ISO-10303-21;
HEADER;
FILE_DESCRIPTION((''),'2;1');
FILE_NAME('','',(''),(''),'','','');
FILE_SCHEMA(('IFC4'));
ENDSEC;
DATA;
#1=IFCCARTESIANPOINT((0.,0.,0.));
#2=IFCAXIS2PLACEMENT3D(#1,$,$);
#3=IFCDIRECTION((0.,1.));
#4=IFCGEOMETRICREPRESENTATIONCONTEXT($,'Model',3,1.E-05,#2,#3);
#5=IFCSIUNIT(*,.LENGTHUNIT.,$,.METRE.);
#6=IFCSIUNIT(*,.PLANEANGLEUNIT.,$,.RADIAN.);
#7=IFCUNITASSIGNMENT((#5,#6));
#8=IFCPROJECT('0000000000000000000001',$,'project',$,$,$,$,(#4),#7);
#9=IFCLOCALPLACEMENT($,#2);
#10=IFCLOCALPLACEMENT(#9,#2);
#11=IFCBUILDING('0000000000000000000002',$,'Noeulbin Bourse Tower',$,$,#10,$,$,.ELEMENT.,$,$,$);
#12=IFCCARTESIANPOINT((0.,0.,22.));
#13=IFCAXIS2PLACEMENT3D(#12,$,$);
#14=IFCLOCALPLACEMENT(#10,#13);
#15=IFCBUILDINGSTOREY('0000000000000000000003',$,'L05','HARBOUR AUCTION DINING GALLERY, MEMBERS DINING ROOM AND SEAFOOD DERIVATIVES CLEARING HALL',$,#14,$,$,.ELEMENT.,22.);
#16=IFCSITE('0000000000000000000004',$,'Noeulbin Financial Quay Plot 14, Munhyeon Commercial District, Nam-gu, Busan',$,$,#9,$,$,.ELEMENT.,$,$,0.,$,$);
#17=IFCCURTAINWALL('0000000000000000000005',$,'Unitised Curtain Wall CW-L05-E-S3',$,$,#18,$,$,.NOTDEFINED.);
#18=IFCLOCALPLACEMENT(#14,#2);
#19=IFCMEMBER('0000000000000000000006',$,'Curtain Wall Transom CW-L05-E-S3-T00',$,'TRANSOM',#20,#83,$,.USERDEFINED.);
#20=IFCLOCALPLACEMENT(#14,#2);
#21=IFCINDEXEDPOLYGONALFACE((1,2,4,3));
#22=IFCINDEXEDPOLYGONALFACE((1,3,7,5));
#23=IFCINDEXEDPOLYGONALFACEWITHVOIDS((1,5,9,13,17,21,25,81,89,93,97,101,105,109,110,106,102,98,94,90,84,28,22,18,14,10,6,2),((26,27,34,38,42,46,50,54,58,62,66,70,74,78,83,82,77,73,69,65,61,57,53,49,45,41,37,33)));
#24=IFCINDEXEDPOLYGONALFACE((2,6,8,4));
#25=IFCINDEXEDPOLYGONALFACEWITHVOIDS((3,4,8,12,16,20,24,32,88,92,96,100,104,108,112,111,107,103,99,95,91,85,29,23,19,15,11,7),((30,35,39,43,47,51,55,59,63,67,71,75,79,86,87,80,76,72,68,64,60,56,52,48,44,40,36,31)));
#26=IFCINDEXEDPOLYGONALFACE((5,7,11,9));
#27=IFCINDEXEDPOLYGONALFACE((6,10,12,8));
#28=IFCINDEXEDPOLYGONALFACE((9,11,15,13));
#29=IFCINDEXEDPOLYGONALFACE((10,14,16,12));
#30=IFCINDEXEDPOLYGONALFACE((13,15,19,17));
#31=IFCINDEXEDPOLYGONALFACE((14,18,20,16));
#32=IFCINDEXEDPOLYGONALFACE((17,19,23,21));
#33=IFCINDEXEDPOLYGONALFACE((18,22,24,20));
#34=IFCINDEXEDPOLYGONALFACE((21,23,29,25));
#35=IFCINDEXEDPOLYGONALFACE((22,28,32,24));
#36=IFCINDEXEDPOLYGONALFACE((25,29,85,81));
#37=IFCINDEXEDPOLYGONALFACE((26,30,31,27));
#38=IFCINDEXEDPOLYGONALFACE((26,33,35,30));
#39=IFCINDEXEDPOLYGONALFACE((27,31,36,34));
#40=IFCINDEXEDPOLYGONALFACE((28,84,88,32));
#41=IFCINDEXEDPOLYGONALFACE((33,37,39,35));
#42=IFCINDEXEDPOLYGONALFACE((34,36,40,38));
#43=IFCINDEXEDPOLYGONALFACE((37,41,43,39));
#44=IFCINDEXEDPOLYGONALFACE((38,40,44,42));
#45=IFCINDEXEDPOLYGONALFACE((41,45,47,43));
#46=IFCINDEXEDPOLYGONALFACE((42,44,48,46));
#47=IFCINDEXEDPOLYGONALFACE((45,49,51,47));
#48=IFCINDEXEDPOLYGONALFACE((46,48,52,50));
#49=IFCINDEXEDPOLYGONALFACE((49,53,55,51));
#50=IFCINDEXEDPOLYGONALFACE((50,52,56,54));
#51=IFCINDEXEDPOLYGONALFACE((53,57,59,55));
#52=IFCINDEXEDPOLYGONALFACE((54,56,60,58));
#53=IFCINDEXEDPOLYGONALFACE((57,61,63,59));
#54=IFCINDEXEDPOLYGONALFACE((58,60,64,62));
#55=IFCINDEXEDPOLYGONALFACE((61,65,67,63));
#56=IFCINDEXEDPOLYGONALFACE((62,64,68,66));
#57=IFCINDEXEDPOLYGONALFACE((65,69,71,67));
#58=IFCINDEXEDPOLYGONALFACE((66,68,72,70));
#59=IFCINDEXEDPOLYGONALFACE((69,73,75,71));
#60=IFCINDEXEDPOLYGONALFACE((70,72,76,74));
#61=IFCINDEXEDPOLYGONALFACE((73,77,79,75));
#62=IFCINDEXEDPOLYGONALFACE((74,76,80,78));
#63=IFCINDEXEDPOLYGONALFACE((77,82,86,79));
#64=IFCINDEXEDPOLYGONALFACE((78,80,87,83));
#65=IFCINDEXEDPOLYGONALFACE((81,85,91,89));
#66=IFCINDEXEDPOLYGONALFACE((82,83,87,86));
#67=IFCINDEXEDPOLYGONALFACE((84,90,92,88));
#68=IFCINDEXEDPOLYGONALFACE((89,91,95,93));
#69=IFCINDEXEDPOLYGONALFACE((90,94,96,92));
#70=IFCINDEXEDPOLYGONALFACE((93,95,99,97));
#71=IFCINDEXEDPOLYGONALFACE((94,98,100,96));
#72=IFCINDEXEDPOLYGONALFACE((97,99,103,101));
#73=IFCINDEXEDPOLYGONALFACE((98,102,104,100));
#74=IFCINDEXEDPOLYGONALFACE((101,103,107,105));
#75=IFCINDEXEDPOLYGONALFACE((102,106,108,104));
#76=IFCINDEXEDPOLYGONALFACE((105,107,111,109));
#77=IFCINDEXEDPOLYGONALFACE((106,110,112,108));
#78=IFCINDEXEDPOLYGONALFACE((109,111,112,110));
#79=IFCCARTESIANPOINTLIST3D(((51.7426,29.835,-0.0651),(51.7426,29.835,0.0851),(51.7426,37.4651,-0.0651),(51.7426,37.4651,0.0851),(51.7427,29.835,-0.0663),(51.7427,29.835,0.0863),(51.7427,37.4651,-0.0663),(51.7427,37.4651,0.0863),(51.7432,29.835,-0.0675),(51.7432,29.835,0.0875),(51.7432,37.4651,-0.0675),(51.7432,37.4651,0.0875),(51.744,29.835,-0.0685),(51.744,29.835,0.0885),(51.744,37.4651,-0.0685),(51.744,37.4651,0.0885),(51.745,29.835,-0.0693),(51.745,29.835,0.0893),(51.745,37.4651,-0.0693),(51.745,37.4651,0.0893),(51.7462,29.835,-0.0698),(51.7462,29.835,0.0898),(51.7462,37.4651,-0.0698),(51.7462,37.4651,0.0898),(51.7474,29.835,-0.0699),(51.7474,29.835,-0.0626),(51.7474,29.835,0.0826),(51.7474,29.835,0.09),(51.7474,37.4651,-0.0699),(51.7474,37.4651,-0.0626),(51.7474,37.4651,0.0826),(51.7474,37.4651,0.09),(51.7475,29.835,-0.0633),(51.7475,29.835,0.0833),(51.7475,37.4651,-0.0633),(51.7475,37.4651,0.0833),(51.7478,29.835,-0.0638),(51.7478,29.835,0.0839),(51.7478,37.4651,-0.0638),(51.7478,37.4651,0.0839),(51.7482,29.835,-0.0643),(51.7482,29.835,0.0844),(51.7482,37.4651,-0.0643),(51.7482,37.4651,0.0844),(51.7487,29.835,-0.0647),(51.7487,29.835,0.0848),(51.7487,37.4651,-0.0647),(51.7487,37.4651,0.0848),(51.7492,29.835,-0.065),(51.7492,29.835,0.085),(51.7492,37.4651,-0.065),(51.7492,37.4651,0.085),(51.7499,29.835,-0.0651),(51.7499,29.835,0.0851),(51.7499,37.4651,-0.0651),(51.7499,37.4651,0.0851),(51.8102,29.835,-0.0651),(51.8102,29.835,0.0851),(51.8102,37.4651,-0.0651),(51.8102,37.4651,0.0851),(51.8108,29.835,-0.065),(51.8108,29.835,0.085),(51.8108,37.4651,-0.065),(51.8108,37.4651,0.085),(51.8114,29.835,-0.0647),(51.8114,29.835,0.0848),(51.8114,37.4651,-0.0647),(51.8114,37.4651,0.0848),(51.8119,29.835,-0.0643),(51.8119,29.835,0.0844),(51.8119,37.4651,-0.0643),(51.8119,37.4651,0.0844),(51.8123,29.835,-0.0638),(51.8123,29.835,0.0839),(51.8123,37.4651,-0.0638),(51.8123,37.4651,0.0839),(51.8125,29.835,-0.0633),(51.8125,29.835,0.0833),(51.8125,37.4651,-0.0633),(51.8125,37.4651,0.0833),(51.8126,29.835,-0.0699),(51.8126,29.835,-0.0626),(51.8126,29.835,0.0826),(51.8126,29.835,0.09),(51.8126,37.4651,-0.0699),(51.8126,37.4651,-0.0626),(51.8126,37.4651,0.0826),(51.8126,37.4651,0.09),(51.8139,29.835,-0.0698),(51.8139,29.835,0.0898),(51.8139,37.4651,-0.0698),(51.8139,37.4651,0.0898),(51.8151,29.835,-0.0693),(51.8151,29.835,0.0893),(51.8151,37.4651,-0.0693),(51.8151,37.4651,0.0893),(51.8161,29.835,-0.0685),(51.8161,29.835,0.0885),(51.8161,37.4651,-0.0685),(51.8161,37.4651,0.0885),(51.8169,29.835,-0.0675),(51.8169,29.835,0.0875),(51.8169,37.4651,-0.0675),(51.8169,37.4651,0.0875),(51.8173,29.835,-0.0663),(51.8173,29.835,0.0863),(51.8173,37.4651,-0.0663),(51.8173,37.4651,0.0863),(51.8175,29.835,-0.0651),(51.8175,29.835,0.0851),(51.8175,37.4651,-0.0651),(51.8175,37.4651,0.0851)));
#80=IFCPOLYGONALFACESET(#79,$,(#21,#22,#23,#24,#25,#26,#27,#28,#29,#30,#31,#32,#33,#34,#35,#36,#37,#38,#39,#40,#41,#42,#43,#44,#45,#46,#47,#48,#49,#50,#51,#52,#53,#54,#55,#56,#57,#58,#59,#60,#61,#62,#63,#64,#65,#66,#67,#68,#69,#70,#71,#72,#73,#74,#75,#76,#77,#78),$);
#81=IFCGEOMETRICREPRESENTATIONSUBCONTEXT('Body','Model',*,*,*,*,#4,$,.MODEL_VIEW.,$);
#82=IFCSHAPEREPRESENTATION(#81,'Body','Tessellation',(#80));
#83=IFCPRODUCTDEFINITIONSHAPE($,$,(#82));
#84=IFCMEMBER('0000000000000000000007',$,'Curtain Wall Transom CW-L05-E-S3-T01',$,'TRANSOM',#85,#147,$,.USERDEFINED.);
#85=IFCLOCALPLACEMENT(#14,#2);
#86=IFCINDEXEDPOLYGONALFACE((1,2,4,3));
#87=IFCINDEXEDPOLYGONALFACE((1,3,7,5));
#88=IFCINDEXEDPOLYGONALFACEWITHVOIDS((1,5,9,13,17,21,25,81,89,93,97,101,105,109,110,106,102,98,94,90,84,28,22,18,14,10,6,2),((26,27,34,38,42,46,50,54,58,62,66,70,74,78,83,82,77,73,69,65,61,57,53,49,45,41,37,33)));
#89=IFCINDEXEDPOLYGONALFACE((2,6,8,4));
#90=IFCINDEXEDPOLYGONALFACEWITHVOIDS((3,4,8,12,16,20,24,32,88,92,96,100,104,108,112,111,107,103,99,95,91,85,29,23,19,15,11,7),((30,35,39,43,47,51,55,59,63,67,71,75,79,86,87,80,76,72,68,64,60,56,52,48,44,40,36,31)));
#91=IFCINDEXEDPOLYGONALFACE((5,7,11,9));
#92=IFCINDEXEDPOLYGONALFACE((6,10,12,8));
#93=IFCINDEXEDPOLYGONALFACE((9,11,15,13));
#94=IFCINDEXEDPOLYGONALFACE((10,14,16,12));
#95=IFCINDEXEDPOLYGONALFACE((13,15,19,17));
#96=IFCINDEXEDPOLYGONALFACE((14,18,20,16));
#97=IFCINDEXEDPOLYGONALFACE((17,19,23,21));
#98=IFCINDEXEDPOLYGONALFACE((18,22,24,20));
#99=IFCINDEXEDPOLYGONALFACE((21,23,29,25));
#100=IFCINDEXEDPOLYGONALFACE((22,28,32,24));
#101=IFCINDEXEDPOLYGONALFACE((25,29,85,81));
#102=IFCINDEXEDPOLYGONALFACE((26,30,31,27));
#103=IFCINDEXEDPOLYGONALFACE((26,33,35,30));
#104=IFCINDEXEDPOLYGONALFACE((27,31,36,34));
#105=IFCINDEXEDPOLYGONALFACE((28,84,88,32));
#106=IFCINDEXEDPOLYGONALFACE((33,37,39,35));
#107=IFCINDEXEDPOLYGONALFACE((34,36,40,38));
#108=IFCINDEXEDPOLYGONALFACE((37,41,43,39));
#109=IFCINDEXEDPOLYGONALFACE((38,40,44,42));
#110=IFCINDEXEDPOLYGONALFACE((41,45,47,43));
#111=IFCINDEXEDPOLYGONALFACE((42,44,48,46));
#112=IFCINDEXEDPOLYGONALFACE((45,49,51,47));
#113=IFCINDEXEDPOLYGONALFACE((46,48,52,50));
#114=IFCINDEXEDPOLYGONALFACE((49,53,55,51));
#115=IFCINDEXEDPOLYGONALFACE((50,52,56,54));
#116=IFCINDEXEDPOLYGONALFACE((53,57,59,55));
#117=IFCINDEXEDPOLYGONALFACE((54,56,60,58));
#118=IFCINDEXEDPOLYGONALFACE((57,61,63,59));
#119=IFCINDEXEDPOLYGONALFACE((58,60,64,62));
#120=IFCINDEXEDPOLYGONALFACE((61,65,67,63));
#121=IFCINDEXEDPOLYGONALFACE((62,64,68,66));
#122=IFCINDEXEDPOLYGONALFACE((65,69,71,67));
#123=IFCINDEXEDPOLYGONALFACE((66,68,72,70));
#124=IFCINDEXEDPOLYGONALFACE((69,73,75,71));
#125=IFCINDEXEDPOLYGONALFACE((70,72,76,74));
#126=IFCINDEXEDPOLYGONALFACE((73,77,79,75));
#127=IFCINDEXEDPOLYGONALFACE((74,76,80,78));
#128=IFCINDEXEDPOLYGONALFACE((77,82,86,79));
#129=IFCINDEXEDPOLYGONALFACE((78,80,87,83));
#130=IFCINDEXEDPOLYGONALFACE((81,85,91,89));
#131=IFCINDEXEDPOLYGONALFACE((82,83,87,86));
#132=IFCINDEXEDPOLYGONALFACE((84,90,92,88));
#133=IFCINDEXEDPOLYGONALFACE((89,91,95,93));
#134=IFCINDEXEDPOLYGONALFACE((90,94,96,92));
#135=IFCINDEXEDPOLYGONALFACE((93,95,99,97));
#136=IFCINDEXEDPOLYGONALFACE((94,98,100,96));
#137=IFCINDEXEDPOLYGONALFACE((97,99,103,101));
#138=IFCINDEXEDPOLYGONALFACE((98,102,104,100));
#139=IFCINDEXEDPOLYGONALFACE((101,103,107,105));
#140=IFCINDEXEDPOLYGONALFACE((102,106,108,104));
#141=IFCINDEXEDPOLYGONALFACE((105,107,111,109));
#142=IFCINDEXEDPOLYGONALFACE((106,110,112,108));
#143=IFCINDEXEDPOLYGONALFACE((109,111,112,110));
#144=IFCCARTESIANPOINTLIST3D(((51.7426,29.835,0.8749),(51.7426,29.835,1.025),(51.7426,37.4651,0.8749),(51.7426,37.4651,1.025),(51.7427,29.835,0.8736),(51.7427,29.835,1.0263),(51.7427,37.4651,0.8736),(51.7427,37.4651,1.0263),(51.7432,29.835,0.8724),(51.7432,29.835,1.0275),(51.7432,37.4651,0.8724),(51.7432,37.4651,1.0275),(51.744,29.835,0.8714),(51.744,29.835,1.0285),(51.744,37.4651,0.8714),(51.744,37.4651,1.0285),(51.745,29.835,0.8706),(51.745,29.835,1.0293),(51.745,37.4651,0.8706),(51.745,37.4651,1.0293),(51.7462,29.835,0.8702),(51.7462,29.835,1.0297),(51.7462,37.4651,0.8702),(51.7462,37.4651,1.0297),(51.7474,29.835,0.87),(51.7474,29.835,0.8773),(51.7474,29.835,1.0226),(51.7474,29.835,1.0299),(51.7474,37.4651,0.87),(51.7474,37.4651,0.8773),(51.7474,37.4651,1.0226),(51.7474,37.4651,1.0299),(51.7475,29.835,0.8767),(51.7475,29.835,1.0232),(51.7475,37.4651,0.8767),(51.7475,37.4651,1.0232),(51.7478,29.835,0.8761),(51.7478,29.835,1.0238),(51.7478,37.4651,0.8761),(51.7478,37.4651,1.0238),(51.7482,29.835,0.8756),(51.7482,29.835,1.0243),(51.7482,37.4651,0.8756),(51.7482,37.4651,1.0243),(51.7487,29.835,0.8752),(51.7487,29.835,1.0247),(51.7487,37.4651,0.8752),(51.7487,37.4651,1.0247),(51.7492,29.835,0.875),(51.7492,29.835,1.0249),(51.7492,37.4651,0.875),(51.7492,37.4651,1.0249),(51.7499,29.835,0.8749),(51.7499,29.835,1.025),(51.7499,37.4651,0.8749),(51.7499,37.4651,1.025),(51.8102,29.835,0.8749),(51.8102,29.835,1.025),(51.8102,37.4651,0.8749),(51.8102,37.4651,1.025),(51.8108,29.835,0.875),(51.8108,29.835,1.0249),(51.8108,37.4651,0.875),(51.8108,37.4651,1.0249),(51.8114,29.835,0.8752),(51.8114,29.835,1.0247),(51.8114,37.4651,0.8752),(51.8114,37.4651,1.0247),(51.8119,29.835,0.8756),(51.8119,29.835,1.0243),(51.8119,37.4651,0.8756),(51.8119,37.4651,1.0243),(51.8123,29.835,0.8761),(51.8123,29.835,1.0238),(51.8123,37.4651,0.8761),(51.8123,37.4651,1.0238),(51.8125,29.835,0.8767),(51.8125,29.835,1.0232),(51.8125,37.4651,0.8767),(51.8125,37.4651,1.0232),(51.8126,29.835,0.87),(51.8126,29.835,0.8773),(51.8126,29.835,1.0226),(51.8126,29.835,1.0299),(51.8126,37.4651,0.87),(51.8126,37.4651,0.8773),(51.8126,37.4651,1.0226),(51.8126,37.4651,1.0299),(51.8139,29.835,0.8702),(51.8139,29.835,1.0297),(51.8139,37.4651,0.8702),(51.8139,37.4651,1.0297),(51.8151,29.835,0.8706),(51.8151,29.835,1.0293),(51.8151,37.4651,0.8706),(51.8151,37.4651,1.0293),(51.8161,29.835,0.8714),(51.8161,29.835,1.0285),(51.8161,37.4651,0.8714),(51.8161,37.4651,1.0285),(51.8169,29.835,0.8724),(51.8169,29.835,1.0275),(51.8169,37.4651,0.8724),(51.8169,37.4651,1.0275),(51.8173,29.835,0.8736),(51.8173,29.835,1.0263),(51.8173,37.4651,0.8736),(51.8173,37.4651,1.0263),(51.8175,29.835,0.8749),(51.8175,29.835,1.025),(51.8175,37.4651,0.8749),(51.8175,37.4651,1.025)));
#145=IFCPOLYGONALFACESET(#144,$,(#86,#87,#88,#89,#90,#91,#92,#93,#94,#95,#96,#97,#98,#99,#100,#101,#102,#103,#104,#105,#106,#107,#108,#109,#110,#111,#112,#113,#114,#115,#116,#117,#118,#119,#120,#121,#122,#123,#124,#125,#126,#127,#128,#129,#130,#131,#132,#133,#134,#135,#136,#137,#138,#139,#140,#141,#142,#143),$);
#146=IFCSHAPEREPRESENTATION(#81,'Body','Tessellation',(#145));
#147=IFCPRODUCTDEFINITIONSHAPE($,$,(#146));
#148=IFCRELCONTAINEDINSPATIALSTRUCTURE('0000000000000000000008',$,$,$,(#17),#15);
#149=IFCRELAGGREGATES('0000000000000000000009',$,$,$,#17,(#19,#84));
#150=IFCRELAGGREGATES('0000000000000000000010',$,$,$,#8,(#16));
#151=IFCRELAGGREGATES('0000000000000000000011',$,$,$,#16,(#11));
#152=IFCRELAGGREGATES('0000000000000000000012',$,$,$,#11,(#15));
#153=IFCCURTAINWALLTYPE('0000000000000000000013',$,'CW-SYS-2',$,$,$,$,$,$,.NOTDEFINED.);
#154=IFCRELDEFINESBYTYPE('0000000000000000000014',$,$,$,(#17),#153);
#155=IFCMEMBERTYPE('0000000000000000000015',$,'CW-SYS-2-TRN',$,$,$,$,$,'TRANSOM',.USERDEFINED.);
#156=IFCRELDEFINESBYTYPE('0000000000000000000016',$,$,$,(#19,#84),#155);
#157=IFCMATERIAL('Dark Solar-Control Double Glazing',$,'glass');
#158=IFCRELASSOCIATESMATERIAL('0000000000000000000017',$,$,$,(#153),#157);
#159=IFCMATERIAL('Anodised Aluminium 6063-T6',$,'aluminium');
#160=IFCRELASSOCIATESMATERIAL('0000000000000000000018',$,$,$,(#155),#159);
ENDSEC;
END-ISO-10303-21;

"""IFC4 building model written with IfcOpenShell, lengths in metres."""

from ifc_helpers import new_model, si_unit, direction, frame, origin, origin_2d, place, context, subcontext, project, spatial, hollow_rectangle, extrude, material, material_profile, profile_set, type_object, element, aggregate, save


model = new_model("IFC4")

# Units and contexts
model_context = context("Model", 3, precision=1e-05, world=origin(), true_north=direction((0.0, 1.0)))
body_context = subcontext(model_context, "Body", "Model", "MODEL_VIEW")
ifc_project = project(units=[si_unit("LENGTHUNIT", "METRE"), si_unit("PLANEANGLEUNIT", "RADIAN")], contexts=[model_context])

# Site, building, storey
site_placement = place(None, origin())
site = spatial("IfcSite", under=ifc_project, at=site_placement, Name="Noeulbin Financial Quay Plot 14, Munhyeon Commercial District, Nam-gu, Busan", CompositionType="ELEMENT", RefElevation=0.0)
building_placement = place(site_placement, origin())
building = spatial("IfcBuilding", under=site, at=building_placement, Name="Noeulbin Bourse Tower", CompositionType="ELEMENT")
storey_placement = place(building_placement, frame((0.0, 0.0, 22.0)))
storey = spatial("IfcBuildingStorey", under=building, at=storey_placement, Name="L05", Description="HARBOUR AUCTION DINING GALLERY, MEMBERS DINING ROOM AND SEAFOOD DERIVATIVES CLEARING HALL", CompositionType="ELEMENT", Elevation=22.0)

# Shared definitions
ifc_material_1 = material(Name="Anodised Aluminium 6063-T6", Category="aluminium")

# Shared definitions
ifc_material_2 = material(Name="Dark Solar-Control Double Glazing", Category="glass")
curtain_wall_type_1 = type_object("IfcCurtainWallType", Name="CW-SYS-2", PredefinedType="NOTDEFINED", material=ifc_material_2)

# Curtain wall
curtain_wall_1_placement = place(storey_placement, origin())
curtain_wall_1 = element("IfcCurtainWall", 1, at=curtain_wall_1_placement, inside=storey, type_object=curtain_wall_type_1, Name="Unitised Curtain Wall CW-L05-E-S3", PredefinedType="NOTDEFINED")

# Members
ifc_material_profile_1 = material_profile(ifc_material_1, hollow_rectangle(XDim=0.075, YDim=0.1599, WallThickness=0.0049, InnerFilletRadius=0.0024, OuterFilletRadius=0.0049, at=origin_2d()), Name="ALU-TRAN-75x160x5", Category="LoadBearing")
ifc_profile_set_1 = profile_set([ifc_material_profile_1], Name="Anodised Aluminium 6063-T6")
member_type_1 = type_object("IfcMemberType", Name="CW-SYS-2-TRN", ElementType="TRANSOM", PredefinedType="USERDEFINED", material=ifc_profile_set_1)
member_1_placement = place(storey_placement, frame((51.78, 29.835, 0.01), z_axis=(0.0, 1.0, 0.0), x_axis=(-1.0, 0.0, 0.0)))
member_1 = element("IfcMember", 2, at=member_1_placement, type_object=member_type_1, Name="Curtain Wall Transom CW-L05-E-S3-T00", ObjectType="TRANSOM", PredefinedType="USERDEFINED", context=body_context, shape_type="SweptSolid", body=[
    extrude(hollow_rectangle(XDim=0.075, YDim=0.1599, WallThickness=0.0049, InnerFilletRadius=0.0024, OuterFilletRadius=0.0049, at=origin_2d()), origin(), (0.0, 0.0, 1.0), 7.6301),
])
member_2_placement = place(storey_placement, frame((51.78, 29.835, 0.95), z_axis=(0.0, 1.0, 0.0), x_axis=(-1.0, 0.0, 0.0)))
member_2 = element("IfcMember", 3, at=member_2_placement, type_object=member_type_1, Name="Curtain Wall Transom CW-L05-E-S3-T01", ObjectType="TRANSOM", PredefinedType="USERDEFINED", context=body_context, shape_type="SweptSolid", body=[
    extrude(hollow_rectangle(XDim=0.075, YDim=0.1599, WallThickness=0.0049, InnerFilletRadius=0.0024, OuterFilletRadius=0.0049, at=origin_2d()), origin(), (0.0, 0.0, 1.0), 7.6301),
])

aggregate(curtain_wall_1, [member_1, member_2])

save(model, "model.ifc")
